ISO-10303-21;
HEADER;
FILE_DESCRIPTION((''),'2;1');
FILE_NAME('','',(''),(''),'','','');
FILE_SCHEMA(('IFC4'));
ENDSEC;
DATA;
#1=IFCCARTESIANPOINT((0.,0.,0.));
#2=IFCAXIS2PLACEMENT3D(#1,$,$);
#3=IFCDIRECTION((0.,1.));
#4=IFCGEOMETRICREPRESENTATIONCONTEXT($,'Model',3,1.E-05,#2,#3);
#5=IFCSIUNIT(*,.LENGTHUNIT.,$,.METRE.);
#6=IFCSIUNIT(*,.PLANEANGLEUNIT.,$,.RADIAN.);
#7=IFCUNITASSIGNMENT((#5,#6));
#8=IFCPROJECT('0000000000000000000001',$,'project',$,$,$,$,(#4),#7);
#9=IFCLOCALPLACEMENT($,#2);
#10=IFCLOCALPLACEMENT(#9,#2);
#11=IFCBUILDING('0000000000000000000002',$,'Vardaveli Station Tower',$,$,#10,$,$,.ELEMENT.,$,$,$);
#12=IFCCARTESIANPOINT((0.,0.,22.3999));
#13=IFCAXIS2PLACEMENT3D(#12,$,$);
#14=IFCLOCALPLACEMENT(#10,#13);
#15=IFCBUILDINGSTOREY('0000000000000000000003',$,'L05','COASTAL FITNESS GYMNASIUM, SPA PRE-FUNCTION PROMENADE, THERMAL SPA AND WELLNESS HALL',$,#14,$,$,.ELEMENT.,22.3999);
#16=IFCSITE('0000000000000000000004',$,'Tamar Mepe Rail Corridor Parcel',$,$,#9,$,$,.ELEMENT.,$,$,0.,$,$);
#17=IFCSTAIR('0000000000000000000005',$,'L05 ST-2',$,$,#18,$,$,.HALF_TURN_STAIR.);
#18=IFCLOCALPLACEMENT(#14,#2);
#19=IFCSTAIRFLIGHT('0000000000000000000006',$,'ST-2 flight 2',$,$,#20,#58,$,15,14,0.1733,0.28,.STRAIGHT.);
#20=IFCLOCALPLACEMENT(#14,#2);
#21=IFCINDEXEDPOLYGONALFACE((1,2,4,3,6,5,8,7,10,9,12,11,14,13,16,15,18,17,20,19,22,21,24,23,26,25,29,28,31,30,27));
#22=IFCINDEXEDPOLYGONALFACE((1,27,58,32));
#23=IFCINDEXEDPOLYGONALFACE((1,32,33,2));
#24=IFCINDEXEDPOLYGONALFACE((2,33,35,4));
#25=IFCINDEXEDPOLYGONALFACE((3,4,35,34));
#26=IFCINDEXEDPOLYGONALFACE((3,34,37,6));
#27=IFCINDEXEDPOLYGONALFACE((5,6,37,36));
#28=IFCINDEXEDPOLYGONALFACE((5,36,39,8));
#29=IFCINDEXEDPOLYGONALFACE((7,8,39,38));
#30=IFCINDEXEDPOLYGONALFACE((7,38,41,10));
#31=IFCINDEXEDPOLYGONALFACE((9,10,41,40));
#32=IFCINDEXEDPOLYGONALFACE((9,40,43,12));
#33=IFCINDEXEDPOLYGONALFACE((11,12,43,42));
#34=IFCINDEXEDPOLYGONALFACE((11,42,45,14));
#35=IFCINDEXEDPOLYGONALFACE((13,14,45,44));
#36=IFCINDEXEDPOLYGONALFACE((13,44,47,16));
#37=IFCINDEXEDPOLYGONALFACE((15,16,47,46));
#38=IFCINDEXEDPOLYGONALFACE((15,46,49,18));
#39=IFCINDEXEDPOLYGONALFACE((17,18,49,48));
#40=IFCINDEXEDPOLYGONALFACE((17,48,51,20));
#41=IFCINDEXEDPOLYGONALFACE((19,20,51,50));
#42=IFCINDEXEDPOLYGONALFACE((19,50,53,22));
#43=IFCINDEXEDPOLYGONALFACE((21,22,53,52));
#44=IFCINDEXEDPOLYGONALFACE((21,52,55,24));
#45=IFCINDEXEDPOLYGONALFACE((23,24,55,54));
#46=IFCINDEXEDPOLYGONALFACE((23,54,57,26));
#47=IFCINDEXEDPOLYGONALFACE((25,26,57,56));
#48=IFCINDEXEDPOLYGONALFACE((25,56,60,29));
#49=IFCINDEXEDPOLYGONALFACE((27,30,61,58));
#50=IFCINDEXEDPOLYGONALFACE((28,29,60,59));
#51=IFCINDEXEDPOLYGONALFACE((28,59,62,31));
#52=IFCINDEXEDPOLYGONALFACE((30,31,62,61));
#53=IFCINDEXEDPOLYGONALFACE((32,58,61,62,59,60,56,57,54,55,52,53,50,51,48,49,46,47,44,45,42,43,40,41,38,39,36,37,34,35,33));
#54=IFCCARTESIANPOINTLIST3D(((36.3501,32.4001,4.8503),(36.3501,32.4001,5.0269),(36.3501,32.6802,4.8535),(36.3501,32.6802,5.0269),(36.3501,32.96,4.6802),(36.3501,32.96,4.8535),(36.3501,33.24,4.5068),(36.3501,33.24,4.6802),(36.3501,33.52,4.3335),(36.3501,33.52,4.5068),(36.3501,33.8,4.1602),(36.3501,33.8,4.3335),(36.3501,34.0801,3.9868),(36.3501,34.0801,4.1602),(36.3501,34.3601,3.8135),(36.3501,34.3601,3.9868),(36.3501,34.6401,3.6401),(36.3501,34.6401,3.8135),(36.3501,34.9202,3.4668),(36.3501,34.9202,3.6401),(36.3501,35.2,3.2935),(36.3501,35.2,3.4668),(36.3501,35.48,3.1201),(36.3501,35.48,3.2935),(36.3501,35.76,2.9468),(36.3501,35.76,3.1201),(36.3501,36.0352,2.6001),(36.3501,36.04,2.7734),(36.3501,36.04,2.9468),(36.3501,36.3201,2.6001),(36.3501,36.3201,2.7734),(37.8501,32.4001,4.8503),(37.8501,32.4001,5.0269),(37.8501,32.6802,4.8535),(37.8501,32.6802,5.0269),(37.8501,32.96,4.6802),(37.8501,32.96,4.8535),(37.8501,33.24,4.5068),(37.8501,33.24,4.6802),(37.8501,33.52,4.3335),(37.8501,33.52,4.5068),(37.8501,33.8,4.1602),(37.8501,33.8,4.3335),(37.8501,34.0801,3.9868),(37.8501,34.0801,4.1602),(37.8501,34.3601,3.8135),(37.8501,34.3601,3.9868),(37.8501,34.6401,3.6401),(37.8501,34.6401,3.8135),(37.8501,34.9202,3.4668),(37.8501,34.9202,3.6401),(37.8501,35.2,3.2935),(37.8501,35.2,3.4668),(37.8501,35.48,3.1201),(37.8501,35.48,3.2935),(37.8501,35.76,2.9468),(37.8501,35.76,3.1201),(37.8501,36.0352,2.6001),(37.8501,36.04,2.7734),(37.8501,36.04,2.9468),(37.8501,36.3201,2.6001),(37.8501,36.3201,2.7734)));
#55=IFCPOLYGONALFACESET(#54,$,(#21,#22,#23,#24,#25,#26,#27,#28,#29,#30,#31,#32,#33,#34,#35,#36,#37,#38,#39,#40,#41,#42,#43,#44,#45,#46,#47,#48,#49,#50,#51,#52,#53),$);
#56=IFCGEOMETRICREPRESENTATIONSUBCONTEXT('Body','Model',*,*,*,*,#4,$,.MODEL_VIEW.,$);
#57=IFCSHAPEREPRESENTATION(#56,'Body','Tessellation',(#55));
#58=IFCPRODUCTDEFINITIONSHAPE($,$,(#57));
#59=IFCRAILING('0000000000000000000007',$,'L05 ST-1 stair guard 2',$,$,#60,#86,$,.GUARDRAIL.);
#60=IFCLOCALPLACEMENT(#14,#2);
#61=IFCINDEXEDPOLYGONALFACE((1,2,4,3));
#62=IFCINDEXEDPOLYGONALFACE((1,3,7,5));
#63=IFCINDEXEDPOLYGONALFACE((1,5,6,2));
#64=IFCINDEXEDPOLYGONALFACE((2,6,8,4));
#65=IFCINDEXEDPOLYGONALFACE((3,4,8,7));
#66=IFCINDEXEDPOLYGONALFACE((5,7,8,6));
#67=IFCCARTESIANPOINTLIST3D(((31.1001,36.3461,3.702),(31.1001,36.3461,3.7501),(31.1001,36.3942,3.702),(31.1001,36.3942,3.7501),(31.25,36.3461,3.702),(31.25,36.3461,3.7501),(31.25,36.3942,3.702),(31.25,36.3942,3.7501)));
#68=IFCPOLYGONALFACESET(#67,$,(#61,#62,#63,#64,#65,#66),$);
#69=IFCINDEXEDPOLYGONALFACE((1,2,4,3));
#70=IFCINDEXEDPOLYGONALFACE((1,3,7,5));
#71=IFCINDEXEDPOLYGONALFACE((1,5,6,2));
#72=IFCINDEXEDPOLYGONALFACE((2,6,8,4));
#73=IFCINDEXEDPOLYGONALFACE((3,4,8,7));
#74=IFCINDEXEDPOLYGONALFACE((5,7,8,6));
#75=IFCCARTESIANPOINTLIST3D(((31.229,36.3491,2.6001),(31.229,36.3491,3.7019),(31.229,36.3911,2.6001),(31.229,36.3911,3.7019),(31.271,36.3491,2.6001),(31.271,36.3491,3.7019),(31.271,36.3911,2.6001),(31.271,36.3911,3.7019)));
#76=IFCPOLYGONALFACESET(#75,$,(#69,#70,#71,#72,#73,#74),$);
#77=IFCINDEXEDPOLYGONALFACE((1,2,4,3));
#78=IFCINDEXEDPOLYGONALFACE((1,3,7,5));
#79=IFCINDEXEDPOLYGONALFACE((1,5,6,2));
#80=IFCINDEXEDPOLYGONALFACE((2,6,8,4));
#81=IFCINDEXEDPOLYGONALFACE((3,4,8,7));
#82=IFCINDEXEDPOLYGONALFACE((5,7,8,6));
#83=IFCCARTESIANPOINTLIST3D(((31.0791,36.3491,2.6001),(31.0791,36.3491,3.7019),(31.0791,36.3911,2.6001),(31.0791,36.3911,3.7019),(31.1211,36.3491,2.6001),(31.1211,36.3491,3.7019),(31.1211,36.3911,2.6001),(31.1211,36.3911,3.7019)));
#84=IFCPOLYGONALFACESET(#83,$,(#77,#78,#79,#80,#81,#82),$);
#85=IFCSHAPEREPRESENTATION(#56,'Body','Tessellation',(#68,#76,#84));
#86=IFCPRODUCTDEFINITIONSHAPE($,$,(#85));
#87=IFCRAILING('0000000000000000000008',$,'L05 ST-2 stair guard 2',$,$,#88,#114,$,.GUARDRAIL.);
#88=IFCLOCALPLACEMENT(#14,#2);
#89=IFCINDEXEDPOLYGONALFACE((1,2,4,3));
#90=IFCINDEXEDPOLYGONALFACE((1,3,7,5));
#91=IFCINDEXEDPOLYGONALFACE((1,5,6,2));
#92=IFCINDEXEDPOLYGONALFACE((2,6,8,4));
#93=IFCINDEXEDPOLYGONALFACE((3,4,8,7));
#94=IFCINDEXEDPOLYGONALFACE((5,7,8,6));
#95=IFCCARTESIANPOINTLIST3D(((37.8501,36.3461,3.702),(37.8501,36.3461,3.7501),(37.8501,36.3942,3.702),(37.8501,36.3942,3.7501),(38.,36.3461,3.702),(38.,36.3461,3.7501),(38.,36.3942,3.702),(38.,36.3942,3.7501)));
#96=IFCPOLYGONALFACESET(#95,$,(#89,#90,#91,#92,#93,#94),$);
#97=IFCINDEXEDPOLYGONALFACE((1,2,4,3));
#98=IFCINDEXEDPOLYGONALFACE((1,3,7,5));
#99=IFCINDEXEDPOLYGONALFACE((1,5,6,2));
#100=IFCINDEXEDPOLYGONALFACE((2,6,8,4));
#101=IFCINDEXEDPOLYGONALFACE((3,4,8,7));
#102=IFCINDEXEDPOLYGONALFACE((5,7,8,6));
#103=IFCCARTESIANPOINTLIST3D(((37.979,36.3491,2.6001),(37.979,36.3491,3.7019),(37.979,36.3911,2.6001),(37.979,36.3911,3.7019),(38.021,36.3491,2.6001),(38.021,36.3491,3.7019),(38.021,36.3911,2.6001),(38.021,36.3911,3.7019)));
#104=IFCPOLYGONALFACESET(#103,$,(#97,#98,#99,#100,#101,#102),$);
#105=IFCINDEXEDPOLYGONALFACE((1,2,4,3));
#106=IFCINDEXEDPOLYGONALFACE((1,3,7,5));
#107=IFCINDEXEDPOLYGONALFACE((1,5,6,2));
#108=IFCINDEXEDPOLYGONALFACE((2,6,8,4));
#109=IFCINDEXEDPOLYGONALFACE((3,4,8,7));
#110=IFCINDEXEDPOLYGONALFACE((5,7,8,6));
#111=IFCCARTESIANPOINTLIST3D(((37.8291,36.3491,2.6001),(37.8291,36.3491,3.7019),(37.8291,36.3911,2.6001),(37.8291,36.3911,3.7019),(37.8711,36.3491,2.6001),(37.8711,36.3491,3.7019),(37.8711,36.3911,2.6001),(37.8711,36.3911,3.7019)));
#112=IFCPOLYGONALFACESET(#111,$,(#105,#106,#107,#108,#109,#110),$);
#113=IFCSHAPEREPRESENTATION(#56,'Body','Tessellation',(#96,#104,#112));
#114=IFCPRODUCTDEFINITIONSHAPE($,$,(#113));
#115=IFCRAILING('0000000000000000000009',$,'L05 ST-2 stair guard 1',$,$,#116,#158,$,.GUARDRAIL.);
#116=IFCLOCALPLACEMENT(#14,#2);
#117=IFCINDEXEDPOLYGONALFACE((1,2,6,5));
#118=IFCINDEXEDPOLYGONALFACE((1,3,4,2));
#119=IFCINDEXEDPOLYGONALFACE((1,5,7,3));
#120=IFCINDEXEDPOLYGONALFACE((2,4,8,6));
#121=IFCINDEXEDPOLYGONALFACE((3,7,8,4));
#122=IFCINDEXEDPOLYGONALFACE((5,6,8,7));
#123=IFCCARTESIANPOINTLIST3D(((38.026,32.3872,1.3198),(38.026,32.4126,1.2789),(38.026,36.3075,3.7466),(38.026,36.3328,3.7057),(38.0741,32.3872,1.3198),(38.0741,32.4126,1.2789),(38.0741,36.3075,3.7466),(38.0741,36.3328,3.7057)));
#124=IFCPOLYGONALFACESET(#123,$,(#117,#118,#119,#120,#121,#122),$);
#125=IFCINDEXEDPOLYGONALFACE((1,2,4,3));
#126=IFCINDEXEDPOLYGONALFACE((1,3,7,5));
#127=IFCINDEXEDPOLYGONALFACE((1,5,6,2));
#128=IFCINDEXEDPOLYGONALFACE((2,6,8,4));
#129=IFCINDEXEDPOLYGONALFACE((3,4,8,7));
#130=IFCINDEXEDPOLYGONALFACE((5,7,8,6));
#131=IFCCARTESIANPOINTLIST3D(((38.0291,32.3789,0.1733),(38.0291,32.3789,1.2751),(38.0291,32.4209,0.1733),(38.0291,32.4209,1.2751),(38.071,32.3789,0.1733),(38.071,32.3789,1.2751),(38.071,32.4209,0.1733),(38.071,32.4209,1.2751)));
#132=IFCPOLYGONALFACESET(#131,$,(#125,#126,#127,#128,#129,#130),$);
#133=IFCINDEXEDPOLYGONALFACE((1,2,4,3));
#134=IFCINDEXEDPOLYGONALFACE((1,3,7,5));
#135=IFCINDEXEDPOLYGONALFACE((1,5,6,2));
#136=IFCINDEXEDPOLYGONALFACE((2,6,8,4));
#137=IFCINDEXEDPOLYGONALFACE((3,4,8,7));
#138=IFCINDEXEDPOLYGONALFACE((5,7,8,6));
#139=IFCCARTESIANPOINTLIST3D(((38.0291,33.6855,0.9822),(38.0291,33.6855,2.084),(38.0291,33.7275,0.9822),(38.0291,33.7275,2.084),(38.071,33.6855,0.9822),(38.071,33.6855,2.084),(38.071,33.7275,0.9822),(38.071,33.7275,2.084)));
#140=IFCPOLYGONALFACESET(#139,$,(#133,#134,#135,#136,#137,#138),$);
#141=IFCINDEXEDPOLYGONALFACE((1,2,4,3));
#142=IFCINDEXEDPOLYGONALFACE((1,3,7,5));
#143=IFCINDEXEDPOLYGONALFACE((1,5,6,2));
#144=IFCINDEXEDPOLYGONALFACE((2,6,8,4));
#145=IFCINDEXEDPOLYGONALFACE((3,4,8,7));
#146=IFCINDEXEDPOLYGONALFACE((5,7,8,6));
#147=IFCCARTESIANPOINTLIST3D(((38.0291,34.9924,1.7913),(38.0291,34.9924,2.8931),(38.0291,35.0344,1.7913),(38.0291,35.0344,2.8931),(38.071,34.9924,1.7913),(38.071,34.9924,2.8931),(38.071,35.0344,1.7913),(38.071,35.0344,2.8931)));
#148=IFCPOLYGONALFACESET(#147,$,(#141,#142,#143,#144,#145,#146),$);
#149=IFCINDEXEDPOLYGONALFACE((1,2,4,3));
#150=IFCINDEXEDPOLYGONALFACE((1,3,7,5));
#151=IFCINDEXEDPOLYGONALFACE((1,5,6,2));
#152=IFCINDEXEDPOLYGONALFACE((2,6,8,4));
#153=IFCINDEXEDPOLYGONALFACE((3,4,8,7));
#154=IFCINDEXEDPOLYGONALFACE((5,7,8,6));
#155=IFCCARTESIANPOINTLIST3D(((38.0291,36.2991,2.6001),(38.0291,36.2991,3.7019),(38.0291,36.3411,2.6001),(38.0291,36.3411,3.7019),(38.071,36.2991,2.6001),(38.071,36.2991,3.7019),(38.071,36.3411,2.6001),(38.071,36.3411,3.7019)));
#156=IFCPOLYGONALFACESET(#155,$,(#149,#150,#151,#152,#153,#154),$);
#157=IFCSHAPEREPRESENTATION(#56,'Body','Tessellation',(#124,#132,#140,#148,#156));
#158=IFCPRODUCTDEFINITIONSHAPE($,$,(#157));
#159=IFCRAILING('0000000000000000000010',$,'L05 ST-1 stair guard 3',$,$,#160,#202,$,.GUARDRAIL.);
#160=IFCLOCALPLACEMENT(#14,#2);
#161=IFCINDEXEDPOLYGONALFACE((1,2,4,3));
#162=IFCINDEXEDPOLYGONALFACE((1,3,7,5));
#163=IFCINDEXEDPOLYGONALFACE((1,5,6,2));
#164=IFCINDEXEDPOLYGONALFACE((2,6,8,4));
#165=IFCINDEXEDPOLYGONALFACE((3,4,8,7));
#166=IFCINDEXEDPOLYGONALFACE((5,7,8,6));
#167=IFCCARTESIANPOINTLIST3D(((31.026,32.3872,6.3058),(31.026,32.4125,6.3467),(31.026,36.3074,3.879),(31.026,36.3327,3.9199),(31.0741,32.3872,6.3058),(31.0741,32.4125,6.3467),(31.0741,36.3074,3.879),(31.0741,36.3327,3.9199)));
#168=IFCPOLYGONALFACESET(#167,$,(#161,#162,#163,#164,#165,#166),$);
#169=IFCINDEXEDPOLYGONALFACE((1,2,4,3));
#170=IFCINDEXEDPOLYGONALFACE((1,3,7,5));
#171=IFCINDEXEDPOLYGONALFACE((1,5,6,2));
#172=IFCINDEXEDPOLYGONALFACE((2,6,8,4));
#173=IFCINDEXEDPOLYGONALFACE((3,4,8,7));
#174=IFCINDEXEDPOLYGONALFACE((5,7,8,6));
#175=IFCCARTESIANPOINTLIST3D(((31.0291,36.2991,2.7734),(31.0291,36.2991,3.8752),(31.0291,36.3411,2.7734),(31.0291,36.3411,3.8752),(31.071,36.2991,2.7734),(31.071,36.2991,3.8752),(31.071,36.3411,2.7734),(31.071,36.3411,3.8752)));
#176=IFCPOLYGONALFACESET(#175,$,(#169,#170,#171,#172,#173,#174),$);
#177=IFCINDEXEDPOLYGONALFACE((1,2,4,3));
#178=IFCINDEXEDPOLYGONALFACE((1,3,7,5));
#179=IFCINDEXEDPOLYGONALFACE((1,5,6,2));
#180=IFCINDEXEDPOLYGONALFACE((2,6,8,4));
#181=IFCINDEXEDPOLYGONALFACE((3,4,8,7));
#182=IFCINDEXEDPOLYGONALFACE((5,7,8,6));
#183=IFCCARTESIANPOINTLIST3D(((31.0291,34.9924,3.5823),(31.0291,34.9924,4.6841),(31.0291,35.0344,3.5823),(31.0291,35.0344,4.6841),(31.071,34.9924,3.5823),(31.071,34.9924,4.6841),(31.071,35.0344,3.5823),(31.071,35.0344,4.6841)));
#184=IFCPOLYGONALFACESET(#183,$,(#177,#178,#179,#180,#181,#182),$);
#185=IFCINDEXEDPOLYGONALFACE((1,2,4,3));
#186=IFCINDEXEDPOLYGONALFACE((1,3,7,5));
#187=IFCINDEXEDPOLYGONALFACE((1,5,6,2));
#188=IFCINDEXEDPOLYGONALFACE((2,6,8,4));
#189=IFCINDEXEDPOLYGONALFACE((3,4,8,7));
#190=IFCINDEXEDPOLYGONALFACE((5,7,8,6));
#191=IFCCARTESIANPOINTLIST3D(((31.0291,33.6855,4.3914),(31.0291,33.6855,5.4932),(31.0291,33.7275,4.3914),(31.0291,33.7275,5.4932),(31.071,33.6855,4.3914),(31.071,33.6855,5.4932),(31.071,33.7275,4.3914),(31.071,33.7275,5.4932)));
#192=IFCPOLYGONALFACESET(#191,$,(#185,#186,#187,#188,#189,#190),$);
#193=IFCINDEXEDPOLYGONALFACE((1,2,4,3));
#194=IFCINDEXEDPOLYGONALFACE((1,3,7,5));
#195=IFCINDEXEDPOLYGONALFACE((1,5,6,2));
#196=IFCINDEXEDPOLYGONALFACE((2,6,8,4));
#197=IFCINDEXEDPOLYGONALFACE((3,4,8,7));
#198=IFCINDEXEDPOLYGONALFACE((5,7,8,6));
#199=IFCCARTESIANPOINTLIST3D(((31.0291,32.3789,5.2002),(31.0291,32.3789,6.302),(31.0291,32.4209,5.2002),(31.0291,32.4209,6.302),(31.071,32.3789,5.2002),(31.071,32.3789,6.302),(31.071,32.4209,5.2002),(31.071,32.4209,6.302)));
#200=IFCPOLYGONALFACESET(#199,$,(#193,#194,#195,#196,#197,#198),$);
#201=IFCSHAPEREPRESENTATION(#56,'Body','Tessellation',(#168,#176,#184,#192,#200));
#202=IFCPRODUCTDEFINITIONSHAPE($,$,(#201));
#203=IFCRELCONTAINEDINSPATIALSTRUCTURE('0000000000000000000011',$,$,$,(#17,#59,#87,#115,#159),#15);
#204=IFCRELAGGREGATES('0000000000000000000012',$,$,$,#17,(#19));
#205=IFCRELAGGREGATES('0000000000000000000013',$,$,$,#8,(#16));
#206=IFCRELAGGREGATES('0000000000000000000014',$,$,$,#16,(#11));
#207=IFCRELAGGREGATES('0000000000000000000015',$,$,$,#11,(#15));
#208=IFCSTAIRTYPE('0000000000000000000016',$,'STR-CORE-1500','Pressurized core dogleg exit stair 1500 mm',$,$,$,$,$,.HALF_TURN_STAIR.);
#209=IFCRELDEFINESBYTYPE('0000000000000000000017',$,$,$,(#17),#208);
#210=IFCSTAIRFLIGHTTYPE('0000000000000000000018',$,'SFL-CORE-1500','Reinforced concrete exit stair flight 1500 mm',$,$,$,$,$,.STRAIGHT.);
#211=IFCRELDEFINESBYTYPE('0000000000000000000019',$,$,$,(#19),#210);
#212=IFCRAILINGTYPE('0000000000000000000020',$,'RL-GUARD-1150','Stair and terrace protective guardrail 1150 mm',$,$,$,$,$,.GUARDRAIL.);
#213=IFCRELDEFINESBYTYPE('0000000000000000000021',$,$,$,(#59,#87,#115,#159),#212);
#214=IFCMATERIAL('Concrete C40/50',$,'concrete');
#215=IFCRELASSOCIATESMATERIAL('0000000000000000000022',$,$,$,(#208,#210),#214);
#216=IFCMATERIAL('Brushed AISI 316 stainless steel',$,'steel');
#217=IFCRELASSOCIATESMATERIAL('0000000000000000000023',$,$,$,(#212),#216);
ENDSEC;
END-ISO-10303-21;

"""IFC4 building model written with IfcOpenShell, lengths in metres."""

from ifc_helpers import new_model, si_unit, direction, frame, origin, origin_2d, place, context, subcontext, project, spatial, polyline, rectangle, outline, extrude, source, transform, mapped, material, type_object, element, aggregate, save


model = new_model("IFC4")

# Units and contexts
model_context = context("Model", 3, precision=1e-05, world=origin(), true_north=direction((0.0, 1.0)))
body_context = subcontext(model_context, "Body", "Model", "MODEL_VIEW")
ifc_project = project(units=[si_unit("LENGTHUNIT", "METRE"), si_unit("PLANEANGLEUNIT", "RADIAN")], contexts=[model_context])

# Site, building, storey
site_placement = place(None, origin())
site = spatial("IfcSite", under=ifc_project, at=site_placement, Name="Tamar Mepe Rail Corridor Parcel", CompositionType="ELEMENT", RefElevation=0.0)
building_placement = place(site_placement, origin())
building = spatial("IfcBuilding", under=site, at=building_placement, Name="Vardaveli Station Tower", CompositionType="ELEMENT")
storey_placement = place(building_placement, frame((0.0, 0.0, 22.3999)))
storey = spatial("IfcBuildingStorey", under=building, at=storey_placement, Name="L05", Description="COASTAL FITNESS GYMNASIUM, SPA PRE-FUNCTION PROMENADE, THERMAL SPA AND WELLNESS HALL", CompositionType="ELEMENT", Elevation=22.3999)

# Shared definitions
ifc_material_1 = material(Name="Concrete C40/50", Category="concrete")

# Shared definitions
stair_type = type_object("IfcStairType", Name="STR-CORE-1500", Description="Pressurized core dogleg exit stair 1500 mm", PredefinedType="HALF_TURN_STAIR", material=ifc_material_1)
stair_flight_type = type_object("IfcStairFlightType", Name="SFL-CORE-1500", Description="Reinforced concrete exit stair flight 1500 mm", PredefinedType="STRAIGHT", material=ifc_material_1)
shared_shape_1 = source(origin(), body_context, "Body", "SweptSolid", [
    extrude(outline(polyline([(0.0, 0.0), (0.0, 0.1733), (0.28, 0.1733), (0.28, 0.3467), (0.5601, 0.3467), (0.5601, 0.52), (0.8401, 0.52), (0.8401, 0.6934), (1.1201, 0.6934), (1.1201, 0.8667), (1.3999, 0.8667), (1.3999, 1.04), (1.6799, 1.04), (1.6799, 1.2134), (1.96, 1.2134), (1.96, 1.3867), (2.24, 1.3867), (2.24, 1.5601), (2.52, 1.5601), (2.52, 1.7334), (2.8, 1.7334), (2.8, 1.9067), (3.0801, 1.9067), (3.0801, 2.0801), (3.3601, 2.0801), (3.3601, 2.2534), (3.6399, 2.2534), (3.6399, 2.4268), (3.9199, 2.4268), (3.9199, 2.6001), (3.9199, 2.2502), (0.2849, 0.0), (0.0, 0.0)])), frame((0.0, 0.75, 0.0), z_axis=(0.0, -1.0, 0.0), x_axis=(1.0, 0.0, 0.0)), (0.0, 0.0, 1.0), 1.5),
])

# Stair, stair flight
stair_1_placement = place(storey_placement, origin())
stair_1 = element("IfcStair", 1, at=stair_1_placement, inside=storey, type_object=stair_type, Name="L05 ST-2", PredefinedType="HALF_TURN_STAIR")
stair_flight_1_placement = place(storey_placement, frame((37.1001, 36.3201, 2.6001), z_axis=(0.0, 0.0, 1.0), x_axis=(0.0, -1.0, 0.0)))
stair_flight_1 = element("IfcStairFlight", 2, at=stair_flight_1_placement, type_object=stair_flight_type, Name="ST-2 flight 2", NumberOfRisers=15, NumberOfTreads=14, PredefinedType="STRAIGHT", RiserHeight=0.1733, TreadLength=0.28, context=body_context, shape_type="MappedRepresentation", body=[
    mapped(shared_shape_1, transform((0.0, 0.0, 0.0), scale=1.0)),
])
aggregate(stair_1, [stair_flight_1])

# Railings
ifc_material_2 = material(Name="Brushed AISI 316 stainless steel", Category="steel")
railing_type_1 = type_object("IfcRailingType", Name="RL-GUARD-1150", Description="Stair and terrace protective guardrail 1150 mm", PredefinedType="GUARDRAIL", material=ifc_material_2)
shared_shape_2 = source(origin(), body_context, "Body", "SweptSolid", [
    extrude(rectangle(XDim=0.0481, YDim=0.0481, at=origin_2d()), frame((0.0, 0.0, 1.126), z_axis=(-1.0, 0.0, 0.0), x_axis=(0.0, -1.0, 0.0)), (0.0, 0.0, 1.0), 0.1499),
    extrude(rectangle(XDim=0.042, YDim=0.042, at=origin_2d()), origin(), (0.0, 0.0, 1.0), 1.1018),
    extrude(rectangle(XDim=0.042, YDim=0.042, at=origin_2d()), frame((-0.1499, 0.0, 0.0)), (0.0, 0.0, 1.0), 1.1018),
])
for number, where, name in (
    (3, (31.25, 36.3701, 2.6001), "L05 ST-1 stair guard 2"),
    (4, (38.0, 36.3701, 2.6001), "L05 ST-2 stair guard 2"),
):
    element("IfcRailing", number, at=place(storey_placement, frame(where)), inside=storey, type_object=railing_type_1, Name=name, PredefinedType="GUARDRAIL", context=body_context, shape_type="MappedRepresentation", body=[
        mapped(shared_shape_2, transform((0.0, 0.0, 0.0), scale=1.0)),
    ])
shared_shape_3 = source(origin(), body_context, "Body", "SweptSolid", [
    extrude(rectangle(XDim=0.0481, YDim=0.0481, at=origin_2d()), frame((0.0, 0.0, 1.126), z_axis=(0.0, 0.850266, 0.526353), x_axis=(-1.0, 0.0, 0.0)), (0.0, 0.0, 1.0), 4.6106),
    extrude(rectangle(XDim=0.042, YDim=0.042, at=origin_2d()), origin(), (0.0, 0.0, 1.0), 1.1018),
    extrude(rectangle(XDim=0.042, YDim=0.042, at=origin_2d()), frame((0.0, 1.3066, 0.8088)), (0.0, 0.0, 1.0), 1.1018),
    extrude(rectangle(XDim=0.042, YDim=0.042, at=origin_2d()), frame((0.0, 2.6135, 1.6179)), (0.0, 0.0, 1.0), 1.1018),
    extrude(rectangle(XDim=0.042, YDim=0.042, at=origin_2d()), frame((0.0, 3.9202, 2.4268)), (0.0, 0.0, 1.0), 1.1018),
])
railing_1_placement = place(storey_placement, frame((38.05, 32.3999, 0.1733)))
element("IfcRailing", 5, at=railing_1_placement, inside=storey, type_object=railing_type_1, Name="L05 ST-2 stair guard 1", PredefinedType="GUARDRAIL", context=body_context, shape_type="MappedRepresentation", body=[
    mapped(shared_shape_3, transform((0.0, 0.0, 0.0), scale=1.0)),
])
shared_shape_4 = source(origin(), body_context, "Body", "SweptSolid", [
    extrude(rectangle(XDim=0.0481, YDim=0.0481, at=origin_2d()), frame((0.0, 0.0, 1.126), z_axis=(0.0, -0.850266, 0.526353), x_axis=(1.0, 0.0, 0.0)), (0.0, 0.0, 1.0), 4.6106),
    extrude(rectangle(XDim=0.042, YDim=0.042, at=origin_2d()), origin(), (0.0, 0.0, 1.0), 1.1018),
    extrude(rectangle(XDim=0.042, YDim=0.042, at=origin_2d()), frame((0.0, -1.3066, 0.8088)), (0.0, 0.0, 1.0), 1.1018),
    extrude(rectangle(XDim=0.042, YDim=0.042, at=origin_2d()), frame((0.0, -2.6135, 1.6179)), (0.0, 0.0, 1.0), 1.1018),
    extrude(rectangle(XDim=0.042, YDim=0.042, at=origin_2d()), frame((0.0, -3.9202, 2.4268)), (0.0, 0.0, 1.0), 1.1018),
])
for number, where, name in (
    (6, (31.05, 36.3201, 2.7734), "L05 ST-1 stair guard 3"),
):
    element("IfcRailing", number, at=place(storey_placement, frame(where)), inside=storey, type_object=railing_type_1, Name=name, PredefinedType="GUARDRAIL", context=body_context, shape_type="MappedRepresentation", body=[
        mapped(shared_shape_4, transform((0.0, 0.0, 0.0), scale=1.0)),
    ])

save(model, "model.ifc")
